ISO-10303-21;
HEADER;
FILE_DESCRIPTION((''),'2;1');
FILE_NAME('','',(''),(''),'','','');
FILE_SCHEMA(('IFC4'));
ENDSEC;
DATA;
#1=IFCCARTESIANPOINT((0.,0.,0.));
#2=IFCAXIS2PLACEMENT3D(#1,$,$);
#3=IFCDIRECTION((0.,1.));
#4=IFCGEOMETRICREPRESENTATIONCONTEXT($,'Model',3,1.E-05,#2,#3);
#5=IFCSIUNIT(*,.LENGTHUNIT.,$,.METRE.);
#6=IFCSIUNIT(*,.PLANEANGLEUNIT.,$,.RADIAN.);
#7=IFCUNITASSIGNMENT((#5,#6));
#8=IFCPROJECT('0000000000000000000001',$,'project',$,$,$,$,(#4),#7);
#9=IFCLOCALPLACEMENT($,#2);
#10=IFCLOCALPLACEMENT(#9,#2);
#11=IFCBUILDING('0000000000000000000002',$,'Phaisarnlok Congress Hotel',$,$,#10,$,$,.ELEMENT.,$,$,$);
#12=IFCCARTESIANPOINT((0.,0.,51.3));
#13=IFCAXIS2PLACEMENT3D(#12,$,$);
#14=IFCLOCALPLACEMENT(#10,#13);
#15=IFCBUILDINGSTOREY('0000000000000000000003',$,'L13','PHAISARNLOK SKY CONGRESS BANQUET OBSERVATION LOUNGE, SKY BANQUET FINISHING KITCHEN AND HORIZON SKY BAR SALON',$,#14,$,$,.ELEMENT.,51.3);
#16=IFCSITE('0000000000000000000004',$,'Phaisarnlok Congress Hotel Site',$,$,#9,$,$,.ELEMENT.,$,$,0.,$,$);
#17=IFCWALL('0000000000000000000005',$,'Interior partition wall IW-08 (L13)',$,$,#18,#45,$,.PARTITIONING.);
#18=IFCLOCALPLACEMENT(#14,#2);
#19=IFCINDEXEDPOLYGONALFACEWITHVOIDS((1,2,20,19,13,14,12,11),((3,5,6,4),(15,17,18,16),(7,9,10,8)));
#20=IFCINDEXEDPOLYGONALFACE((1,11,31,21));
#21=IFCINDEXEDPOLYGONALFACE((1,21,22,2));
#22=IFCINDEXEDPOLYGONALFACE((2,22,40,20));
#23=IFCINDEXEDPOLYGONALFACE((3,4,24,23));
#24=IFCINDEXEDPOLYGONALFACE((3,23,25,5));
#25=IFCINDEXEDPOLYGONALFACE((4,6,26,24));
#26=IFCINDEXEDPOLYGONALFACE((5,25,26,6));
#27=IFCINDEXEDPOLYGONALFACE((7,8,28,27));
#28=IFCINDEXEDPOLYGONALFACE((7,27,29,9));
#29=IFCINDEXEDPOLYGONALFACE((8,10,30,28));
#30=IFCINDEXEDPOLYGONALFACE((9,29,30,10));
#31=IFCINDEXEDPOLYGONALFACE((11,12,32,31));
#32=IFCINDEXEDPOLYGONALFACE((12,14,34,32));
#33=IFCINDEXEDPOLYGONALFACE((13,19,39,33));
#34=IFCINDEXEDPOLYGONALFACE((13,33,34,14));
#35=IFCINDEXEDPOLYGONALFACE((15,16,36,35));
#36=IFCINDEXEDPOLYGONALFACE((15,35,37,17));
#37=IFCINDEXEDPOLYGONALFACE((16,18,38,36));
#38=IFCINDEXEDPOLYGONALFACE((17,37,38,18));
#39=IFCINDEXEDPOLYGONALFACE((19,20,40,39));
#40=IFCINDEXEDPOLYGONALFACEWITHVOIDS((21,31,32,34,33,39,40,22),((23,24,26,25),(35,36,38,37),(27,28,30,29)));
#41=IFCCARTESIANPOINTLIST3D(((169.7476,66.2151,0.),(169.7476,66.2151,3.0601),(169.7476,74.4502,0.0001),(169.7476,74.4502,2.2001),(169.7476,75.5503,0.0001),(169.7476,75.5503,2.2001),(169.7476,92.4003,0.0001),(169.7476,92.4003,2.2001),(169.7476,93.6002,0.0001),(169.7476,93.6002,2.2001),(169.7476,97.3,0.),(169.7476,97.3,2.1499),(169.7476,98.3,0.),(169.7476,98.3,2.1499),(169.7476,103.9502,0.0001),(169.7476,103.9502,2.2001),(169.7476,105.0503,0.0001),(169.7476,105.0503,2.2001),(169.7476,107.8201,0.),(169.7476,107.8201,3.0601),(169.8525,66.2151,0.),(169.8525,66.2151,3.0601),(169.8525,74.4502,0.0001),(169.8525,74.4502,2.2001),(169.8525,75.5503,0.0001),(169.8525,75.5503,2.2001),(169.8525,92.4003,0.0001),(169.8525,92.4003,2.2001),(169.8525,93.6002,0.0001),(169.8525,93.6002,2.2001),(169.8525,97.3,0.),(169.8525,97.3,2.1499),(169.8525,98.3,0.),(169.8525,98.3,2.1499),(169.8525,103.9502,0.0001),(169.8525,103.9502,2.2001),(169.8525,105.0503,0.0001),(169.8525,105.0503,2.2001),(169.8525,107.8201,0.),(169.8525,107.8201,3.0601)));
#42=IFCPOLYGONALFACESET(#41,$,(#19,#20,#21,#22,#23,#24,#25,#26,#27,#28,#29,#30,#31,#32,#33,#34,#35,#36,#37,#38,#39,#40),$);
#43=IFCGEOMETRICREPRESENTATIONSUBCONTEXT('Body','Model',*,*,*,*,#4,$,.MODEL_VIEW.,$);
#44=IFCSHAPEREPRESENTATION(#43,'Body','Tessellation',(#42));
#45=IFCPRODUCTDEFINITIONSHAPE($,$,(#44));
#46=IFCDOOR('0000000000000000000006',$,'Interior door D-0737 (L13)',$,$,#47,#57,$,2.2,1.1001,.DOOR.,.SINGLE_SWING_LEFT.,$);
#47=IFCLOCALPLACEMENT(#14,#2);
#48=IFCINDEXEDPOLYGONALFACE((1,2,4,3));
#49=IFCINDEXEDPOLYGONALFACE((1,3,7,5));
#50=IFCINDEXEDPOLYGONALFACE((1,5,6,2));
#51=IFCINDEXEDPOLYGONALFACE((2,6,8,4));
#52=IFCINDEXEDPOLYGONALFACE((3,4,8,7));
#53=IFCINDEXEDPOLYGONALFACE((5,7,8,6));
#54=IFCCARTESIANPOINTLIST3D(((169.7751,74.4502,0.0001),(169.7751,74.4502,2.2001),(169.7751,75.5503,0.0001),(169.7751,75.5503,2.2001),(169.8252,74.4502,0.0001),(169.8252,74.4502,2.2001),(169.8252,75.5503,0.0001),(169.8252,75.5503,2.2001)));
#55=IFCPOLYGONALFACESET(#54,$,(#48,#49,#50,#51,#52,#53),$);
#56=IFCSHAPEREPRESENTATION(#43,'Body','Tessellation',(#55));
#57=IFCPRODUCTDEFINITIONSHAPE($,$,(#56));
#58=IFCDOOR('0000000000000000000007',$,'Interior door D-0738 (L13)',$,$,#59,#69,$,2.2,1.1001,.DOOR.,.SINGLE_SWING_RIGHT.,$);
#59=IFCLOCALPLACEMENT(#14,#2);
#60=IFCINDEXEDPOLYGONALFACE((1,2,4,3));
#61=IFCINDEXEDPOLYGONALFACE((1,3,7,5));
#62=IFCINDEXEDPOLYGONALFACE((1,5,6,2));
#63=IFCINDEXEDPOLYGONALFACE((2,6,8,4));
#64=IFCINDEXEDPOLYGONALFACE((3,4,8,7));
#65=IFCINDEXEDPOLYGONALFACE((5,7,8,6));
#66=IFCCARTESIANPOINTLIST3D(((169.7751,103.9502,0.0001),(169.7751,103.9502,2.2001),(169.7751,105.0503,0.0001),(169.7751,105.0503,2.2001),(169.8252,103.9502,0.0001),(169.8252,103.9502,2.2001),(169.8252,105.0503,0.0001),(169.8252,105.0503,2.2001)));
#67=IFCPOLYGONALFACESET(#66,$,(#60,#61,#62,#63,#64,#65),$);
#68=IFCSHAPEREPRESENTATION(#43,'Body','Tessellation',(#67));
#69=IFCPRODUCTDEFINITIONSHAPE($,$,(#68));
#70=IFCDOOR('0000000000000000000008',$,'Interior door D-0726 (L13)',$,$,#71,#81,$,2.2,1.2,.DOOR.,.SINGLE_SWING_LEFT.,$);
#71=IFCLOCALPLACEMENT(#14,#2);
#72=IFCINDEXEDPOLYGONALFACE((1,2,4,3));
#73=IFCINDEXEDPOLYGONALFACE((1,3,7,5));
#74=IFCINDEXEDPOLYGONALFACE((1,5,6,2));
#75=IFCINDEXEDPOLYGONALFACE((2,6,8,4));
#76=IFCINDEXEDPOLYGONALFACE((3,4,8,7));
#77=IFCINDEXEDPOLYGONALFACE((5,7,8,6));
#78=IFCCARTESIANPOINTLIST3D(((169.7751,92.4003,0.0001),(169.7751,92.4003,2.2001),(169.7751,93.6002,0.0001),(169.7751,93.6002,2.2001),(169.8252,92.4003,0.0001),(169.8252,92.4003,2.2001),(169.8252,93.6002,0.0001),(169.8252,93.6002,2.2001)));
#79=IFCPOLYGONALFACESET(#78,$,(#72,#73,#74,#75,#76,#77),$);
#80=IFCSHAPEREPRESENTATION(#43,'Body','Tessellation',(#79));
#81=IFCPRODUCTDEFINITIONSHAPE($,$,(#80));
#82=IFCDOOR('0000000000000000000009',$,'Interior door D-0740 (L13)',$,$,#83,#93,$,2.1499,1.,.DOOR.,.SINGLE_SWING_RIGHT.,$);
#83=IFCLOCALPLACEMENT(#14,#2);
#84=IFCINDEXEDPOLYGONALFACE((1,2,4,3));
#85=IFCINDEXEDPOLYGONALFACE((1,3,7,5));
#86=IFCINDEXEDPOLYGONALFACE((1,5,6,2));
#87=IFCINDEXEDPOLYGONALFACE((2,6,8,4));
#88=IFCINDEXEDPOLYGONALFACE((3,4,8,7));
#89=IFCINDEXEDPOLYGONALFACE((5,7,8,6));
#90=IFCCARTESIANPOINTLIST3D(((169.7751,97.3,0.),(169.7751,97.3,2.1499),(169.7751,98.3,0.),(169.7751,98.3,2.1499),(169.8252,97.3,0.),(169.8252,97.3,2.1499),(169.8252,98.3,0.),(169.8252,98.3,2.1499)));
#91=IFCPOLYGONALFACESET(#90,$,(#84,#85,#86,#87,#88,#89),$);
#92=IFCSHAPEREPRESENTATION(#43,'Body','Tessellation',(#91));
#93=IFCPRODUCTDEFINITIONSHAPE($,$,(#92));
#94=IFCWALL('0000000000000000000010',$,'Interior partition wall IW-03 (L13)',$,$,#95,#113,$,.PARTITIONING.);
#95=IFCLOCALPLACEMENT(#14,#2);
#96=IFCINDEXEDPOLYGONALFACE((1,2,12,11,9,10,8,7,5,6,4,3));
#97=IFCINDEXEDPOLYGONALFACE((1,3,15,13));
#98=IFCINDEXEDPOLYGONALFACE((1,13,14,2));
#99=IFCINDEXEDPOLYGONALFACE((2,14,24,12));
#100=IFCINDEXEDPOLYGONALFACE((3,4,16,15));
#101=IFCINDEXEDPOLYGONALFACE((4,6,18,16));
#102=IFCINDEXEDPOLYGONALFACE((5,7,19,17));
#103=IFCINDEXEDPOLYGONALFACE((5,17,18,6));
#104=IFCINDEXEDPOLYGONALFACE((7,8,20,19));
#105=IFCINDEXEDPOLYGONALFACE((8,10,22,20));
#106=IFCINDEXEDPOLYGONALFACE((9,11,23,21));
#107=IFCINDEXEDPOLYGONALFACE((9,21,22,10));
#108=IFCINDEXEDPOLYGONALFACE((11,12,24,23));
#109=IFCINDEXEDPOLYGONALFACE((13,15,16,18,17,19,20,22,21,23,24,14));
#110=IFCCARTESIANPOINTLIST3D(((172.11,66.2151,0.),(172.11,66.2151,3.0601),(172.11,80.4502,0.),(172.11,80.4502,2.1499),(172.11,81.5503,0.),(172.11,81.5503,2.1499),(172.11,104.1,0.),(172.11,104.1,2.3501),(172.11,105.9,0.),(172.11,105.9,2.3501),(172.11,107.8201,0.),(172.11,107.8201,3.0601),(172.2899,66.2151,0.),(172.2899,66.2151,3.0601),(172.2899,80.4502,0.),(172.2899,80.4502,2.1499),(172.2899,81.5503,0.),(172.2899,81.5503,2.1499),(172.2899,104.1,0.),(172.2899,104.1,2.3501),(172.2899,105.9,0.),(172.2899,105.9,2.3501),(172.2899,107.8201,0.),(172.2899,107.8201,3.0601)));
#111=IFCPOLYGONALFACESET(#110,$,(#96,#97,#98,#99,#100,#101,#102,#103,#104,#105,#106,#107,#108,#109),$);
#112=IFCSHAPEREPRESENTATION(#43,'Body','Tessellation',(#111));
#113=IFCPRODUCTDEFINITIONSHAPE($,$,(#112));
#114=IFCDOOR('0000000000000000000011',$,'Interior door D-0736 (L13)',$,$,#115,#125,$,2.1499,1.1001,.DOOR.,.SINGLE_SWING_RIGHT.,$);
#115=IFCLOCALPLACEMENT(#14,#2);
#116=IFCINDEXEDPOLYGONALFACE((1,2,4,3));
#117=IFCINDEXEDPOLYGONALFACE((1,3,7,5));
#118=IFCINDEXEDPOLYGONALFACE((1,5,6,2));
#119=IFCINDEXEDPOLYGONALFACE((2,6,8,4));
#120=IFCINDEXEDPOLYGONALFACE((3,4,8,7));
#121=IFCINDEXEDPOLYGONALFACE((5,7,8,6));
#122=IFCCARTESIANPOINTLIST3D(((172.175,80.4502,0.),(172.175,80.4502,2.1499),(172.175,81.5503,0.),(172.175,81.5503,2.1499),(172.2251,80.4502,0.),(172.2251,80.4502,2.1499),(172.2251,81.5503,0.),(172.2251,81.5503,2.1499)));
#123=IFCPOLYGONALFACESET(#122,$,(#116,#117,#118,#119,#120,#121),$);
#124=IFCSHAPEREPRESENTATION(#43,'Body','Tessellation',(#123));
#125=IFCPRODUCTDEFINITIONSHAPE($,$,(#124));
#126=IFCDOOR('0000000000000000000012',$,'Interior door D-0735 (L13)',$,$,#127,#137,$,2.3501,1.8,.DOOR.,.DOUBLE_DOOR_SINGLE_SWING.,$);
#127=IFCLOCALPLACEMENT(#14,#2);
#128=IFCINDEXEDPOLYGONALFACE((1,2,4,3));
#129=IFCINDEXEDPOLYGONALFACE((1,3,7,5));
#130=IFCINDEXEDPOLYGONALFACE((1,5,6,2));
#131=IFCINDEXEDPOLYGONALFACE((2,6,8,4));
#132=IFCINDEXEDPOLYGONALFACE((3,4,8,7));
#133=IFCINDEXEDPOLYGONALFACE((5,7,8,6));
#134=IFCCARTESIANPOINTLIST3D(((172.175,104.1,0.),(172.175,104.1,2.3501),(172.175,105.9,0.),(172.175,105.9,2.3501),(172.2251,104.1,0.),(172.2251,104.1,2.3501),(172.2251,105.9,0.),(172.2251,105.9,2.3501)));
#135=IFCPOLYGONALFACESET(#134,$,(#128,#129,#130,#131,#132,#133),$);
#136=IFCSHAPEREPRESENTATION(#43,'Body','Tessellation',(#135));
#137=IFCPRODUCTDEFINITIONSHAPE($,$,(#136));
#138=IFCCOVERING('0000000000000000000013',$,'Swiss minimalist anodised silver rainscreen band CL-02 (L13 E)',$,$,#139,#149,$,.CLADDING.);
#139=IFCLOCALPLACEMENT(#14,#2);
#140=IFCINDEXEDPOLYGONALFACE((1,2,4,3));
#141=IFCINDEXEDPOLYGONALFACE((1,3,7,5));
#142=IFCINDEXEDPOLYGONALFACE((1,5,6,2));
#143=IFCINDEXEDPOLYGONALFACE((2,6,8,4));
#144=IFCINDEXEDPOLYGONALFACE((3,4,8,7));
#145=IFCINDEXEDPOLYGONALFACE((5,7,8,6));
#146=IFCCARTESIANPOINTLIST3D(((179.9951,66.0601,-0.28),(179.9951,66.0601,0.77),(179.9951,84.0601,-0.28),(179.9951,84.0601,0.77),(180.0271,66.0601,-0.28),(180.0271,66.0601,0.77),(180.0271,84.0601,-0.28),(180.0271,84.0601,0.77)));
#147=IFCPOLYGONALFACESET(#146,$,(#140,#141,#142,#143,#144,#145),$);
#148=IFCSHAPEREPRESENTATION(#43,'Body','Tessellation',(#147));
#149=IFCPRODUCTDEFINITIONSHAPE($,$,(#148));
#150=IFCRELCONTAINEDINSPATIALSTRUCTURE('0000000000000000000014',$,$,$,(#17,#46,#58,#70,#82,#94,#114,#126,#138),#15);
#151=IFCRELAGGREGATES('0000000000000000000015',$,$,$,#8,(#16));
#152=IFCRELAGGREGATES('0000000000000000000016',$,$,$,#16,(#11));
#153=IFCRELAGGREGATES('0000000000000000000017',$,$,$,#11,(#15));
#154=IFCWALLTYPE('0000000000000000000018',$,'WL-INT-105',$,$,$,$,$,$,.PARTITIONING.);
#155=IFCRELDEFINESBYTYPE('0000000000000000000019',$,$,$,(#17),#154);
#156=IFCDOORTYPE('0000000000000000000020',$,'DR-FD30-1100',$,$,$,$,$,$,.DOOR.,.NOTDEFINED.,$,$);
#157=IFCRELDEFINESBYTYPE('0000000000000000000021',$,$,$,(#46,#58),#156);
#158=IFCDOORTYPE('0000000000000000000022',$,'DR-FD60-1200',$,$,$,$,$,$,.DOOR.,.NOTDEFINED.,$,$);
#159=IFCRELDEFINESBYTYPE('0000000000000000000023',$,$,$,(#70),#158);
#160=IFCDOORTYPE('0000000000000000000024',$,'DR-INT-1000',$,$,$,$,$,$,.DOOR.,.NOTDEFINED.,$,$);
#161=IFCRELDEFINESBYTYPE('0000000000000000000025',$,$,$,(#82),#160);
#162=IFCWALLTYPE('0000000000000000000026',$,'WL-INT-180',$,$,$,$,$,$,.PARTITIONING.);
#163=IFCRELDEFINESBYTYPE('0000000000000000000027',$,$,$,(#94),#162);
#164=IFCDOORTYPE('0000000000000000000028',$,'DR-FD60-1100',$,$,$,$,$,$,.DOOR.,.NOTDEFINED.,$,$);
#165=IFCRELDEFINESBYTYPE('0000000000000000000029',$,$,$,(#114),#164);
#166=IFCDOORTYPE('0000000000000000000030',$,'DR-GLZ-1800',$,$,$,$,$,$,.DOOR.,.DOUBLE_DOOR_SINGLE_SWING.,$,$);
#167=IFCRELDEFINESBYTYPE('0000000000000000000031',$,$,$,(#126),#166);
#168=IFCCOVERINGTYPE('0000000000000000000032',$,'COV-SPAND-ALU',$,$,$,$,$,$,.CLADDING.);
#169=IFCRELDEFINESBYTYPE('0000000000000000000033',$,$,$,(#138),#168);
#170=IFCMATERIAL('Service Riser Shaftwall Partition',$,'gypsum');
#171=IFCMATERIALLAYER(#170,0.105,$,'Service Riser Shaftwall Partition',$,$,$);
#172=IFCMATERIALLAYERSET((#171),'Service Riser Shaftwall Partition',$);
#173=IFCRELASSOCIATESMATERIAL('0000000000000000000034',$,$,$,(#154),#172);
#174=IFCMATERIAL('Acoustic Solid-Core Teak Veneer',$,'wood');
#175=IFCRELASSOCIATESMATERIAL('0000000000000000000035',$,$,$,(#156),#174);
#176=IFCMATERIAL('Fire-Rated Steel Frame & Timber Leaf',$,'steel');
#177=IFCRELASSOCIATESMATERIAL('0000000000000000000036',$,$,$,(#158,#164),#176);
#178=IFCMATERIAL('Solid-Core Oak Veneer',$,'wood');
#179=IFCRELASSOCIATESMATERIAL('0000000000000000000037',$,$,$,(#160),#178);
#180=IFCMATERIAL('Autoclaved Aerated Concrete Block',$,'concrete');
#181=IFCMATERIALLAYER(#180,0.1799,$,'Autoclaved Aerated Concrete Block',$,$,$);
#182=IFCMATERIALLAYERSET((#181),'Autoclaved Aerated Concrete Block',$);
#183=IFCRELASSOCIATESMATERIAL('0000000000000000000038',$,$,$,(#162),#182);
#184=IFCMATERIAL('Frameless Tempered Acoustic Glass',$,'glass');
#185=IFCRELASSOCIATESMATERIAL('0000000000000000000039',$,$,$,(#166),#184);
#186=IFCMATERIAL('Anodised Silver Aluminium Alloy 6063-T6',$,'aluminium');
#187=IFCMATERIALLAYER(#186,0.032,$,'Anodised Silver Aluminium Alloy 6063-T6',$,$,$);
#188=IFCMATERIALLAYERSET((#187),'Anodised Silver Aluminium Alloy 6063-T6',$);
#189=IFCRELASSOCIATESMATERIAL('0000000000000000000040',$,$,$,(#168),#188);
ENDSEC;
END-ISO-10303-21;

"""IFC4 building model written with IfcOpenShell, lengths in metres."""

from ifc_helpers import new_model, si_unit, direction, frame, frame_2d, origin, place, context, subcontext, project, spatial, polyline, rectangle, outline, extrude, material, layer, layer_set, type_object, element, fill, save


model = new_model("IFC4")

# Units and contexts
model_context = context("Model", 3, precision=1e-05, world=origin(), true_north=direction((0.0, 1.0)))
body_context = subcontext(model_context, "Body", "Model", "MODEL_VIEW")
ifc_project = project(units=[si_unit("LENGTHUNIT", "METRE"), si_unit("PLANEANGLEUNIT", "RADIAN")], contexts=[model_context])

# Site, building, storey
site_placement = place(None, origin())
site = spatial("IfcSite", under=ifc_project, at=site_placement, Name="Phaisarnlok Congress Hotel Site", CompositionType="ELEMENT", RefElevation=0.0)
building_placement = place(site_placement, origin())
building = spatial("IfcBuilding", under=site, at=building_placement, Name="Phaisarnlok Congress Hotel", CompositionType="ELEMENT")
storey_placement = place(building_placement, frame((0.0, 0.0, 51.3)))
storey = spatial("IfcBuildingStorey", under=building, at=storey_placement, Name="L13", Description="PHAISARNLOK SKY CONGRESS BANQUET OBSERVATION LOUNGE, SKY BANQUET FINISHING KITCHEN AND HORIZON SKY BAR SALON", CompositionType="ELEMENT", Elevation=51.3)

# Walls, openings, doors
ifc_material_1 = material(Name="Service Riser Shaftwall Partition", Category="gypsum")
ifc_layer_1 = layer(ifc_material_1, 0.105, Name="Service Riser Shaftwall Partition")
ifc_layer_set_1 = layer_set([ifc_layer_1], Name="Service Riser Shaftwall Partition")
wall_type_1 = type_object("IfcWallType", Name="WL-INT-105", PredefinedType="PARTITIONING", material=ifc_layer_set_1)
wall_1_placement = place(storey_placement, frame((169.8, 66.2151, 0.0), z_axis=(0.0, 0.0, 1.0), x_axis=(0.0, 1.0, 0.0)))
wall_1 = element("IfcWall", 1, at=wall_1_placement, inside=storey, type_object=wall_type_1, Name="Interior partition wall IW-08 (L13)", PredefinedType="PARTITIONING", context=body_context, shape_type="SweptSolid", body=[
    extrude(rectangle(XDim=41.605, YDim=0.105, at=frame_2d((20.8025, 0.0))), origin(), (0.0, 0.0, 1.0), 3.0601),
])
opening_1_placement = place(wall_1_placement, frame((26.1851, 0.0, 0.0)))
opening_1 = element("IfcOpeningElement", 2, at=opening_1_placement, cuts=wall_1, PredefinedType="OPENING", context=body_context, shape_type="SweptSolid", body=[
    extrude(rectangle(XDim=1.2, YDim=2.2, at=frame_2d((0.6001, 1.1001))), frame((0.0, 0.0625, 0.0), z_axis=(0.0, -1.0, 0.0), x_axis=(1.0, 0.0, 0.0)), (0.0, 0.0, 1.0), 0.125),
])
opening_2_placement = place(wall_1_placement, frame((8.2351, 0.0, 0.0)))
opening_2 = element("IfcOpeningElement", 3, at=opening_2_placement, cuts=wall_1, PredefinedType="OPENING", context=body_context, shape_type="SweptSolid", body=[
    extrude(rectangle(XDim=1.1001, YDim=2.2, at=frame_2d((0.55, 1.1001))), frame((0.0, 0.0625, 0.0), z_axis=(0.0, -1.0, 0.0), x_axis=(1.0, 0.0, 0.0)), (0.0, 0.0, 1.0), 0.125),
])
opening_3_placement = place(wall_1_placement, frame((37.7351, 0.0, 0.0)))
opening_3 = element("IfcOpeningElement", 4, at=opening_3_placement, cuts=wall_1, PredefinedType="OPENING", context=body_context, shape_type="SweptSolid", body=[
    extrude(rectangle(XDim=1.1001, YDim=2.2, at=frame_2d((0.55, 1.1001))), frame((0.0, 0.0625, 0.0), z_axis=(0.0, -1.0, 0.0), x_axis=(1.0, 0.0, 0.0)), (0.0, 0.0, 1.0), 0.125),
])
opening_4_placement = place(wall_1_placement, frame((31.085, 0.0, 0.0)))
opening_4 = element("IfcOpeningElement", 5, at=opening_4_placement, cuts=wall_1, PredefinedType="OPENING", context=body_context, shape_type="SweptSolid", body=[
    extrude(rectangle(XDim=1.0, YDim=2.1499, at=frame_2d((0.5, 1.075))), frame((0.0, 0.0625, 0.0), z_axis=(0.0, -1.0, 0.0), x_axis=(1.0, 0.0, 0.0)), (0.0, 0.0, 1.0), 0.125),
])
ifc_material_2 = material(Name="Acoustic Solid-Core Teak Veneer", Category="wood")
door_type_1 = type_object("IfcDoorType", Name="DR-FD30-1100", OperationType="NOTDEFINED", PredefinedType="DOOR", material=ifc_material_2)
door_1_placement = place(opening_2_placement, origin())
door_1 = element("IfcDoor", 6, at=door_1_placement, inside=storey, type_object=door_type_1, Name="Interior door D-0737 (L13)", OperationType="SINGLE_SWING_LEFT", OverallHeight=2.2, OverallWidth=1.1001, PredefinedType="DOOR", context=body_context, shape_type="SweptSolid", body=[
    extrude(rectangle(XDim=1.1001, YDim=2.2, at=frame_2d((0.55, 1.1001))), frame((0.0, 0.0249, 0.0), z_axis=(0.0, -1.0, 0.0), x_axis=(1.0, 0.0, 0.0)), (0.0, 0.0, 1.0), 0.05),
])
fill(opening_2, door_1)
door_2_placement = place(opening_3_placement, origin())
door_2 = element("IfcDoor", 7, at=door_2_placement, inside=storey, type_object=door_type_1, Name="Interior door D-0738 (L13)", OperationType="SINGLE_SWING_RIGHT", OverallHeight=2.2, OverallWidth=1.1001, PredefinedType="DOOR", context=body_context, shape_type="SweptSolid", body=[
    extrude(rectangle(XDim=1.1001, YDim=2.2, at=frame_2d((0.55, 1.1001))), frame((0.0, 0.0249, 0.0), z_axis=(0.0, -1.0, 0.0), x_axis=(1.0, 0.0, 0.0)), (0.0, 0.0, 1.0), 0.05),
])
fill(opening_3, door_2)
ifc_material_3 = material(Name="Fire-Rated Steel Frame & Timber Leaf", Category="steel")
door_type_2 = type_object("IfcDoorType", Name="DR-FD60-1200", OperationType="NOTDEFINED", PredefinedType="DOOR", material=ifc_material_3)
door_3_placement = place(opening_1_placement, origin())
door_3 = element("IfcDoor", 8, at=door_3_placement, inside=storey, type_object=door_type_2, Name="Interior door D-0726 (L13)", OperationType="SINGLE_SWING_LEFT", OverallHeight=2.2, OverallWidth=1.2, PredefinedType="DOOR", context=body_context, shape_type="SweptSolid", body=[
    extrude(rectangle(XDim=1.2, YDim=2.2, at=frame_2d((0.6001, 1.1001))), frame((0.0, 0.0249, 0.0), z_axis=(0.0, -1.0, 0.0), x_axis=(1.0, 0.0, 0.0)), (0.0, 0.0, 1.0), 0.05),
])
fill(opening_1, door_3)
ifc_material_4 = material(Name="Solid-Core Oak Veneer", Category="wood")
door_type_3 = type_object("IfcDoorType", Name="DR-INT-1000", OperationType="NOTDEFINED", PredefinedType="DOOR", material=ifc_material_4)
door_4_placement = place(opening_4_placement, origin())
door_4 = element("IfcDoor", 9, at=door_4_placement, inside=storey, type_object=door_type_3, Name="Interior door D-0740 (L13)", OperationType="SINGLE_SWING_RIGHT", OverallHeight=2.1499, OverallWidth=1.0, PredefinedType="DOOR", context=body_context, shape_type="SweptSolid", body=[
    extrude(rectangle(XDim=1.0, YDim=2.1499, at=frame_2d((0.5, 1.075))), frame((0.0, 0.0249, 0.0), z_axis=(0.0, -1.0, 0.0), x_axis=(1.0, 0.0, 0.0)), (0.0, 0.0, 1.0), 0.05),
])
fill(opening_4, door_4)
ifc_material_5 = material(Name="Autoclaved Aerated Concrete Block", Category="concrete")
ifc_layer_2 = layer(ifc_material_5, 0.1799, Name="Autoclaved Aerated Concrete Block")
ifc_layer_set_2 = layer_set([ifc_layer_2], Name="Autoclaved Aerated Concrete Block")
wall_type_2 = type_object("IfcWallType", Name="WL-INT-180", PredefinedType="PARTITIONING", material=ifc_layer_set_2)
wall_2_placement = place(storey_placement, frame((172.2, 66.2151, 0.0), z_axis=(0.0, 0.0, 1.0), x_axis=(0.0, 1.0, 0.0)))
wall_2 = element("IfcWall", 10, at=wall_2_placement, inside=storey, type_object=wall_type_2, Name="Interior partition wall IW-03 (L13)", PredefinedType="PARTITIONING", context=body_context, shape_type="SweptSolid", body=[
    extrude(rectangle(XDim=41.605, YDim=0.1799, at=frame_2d((20.8025, 0.0))), origin(), (0.0, 0.0, 1.0), 3.0601),
])
opening_5_placement = place(wall_2_placement, frame((37.885, 0.0, 0.0)))
opening_5 = element("IfcOpeningElement", 11, at=opening_5_placement, cuts=wall_2, PredefinedType="OPENING", context=body_context, shape_type="SweptSolid", body=[
    extrude(rectangle(XDim=1.8, YDim=2.3501, at=frame_2d((0.8999, 1.175))), frame((0.0, 0.1001, 0.0), z_axis=(0.0, -1.0, 0.0), x_axis=(1.0, 0.0, 0.0)), (0.0, 0.0, 1.0), 0.2),
])
opening_6_placement = place(wall_2_placement, frame((14.2351, 0.0, 0.0)))
opening_6 = element("IfcOpeningElement", 12, at=opening_6_placement, cuts=wall_2, PredefinedType="OPENING", context=body_context, shape_type="SweptSolid", body=[
    extrude(rectangle(XDim=1.1001, YDim=2.1499, at=frame_2d((0.55, 1.075))), frame((0.0, 0.1001, 0.0), z_axis=(0.0, -1.0, 0.0), x_axis=(1.0, 0.0, 0.0)), (0.0, 0.0, 1.0), 0.2),
])
door_type_4 = type_object("IfcDoorType", Name="DR-FD60-1100", OperationType="NOTDEFINED", PredefinedType="DOOR", material=ifc_material_3)
door_5_placement = place(opening_6_placement, origin())
door_5 = element("IfcDoor", 13, at=door_5_placement, inside=storey, type_object=door_type_4, Name="Interior door D-0736 (L13)", OperationType="SINGLE_SWING_RIGHT", OverallHeight=2.1499, OverallWidth=1.1001, PredefinedType="DOOR", context=body_context, shape_type="SweptSolid", body=[
    extrude(rectangle(XDim=1.1001, YDim=2.1499, at=frame_2d((0.55, 1.075))), frame((0.0, 0.0249, 0.0), z_axis=(0.0, -1.0, 0.0), x_axis=(1.0, 0.0, 0.0)), (0.0, 0.0, 1.0), 0.05),
])
fill(opening_6, door_5)
ifc_material_6 = material(Name="Frameless Tempered Acoustic Glass", Category="glass")
door_type_5 = type_object("IfcDoorType", Name="DR-GLZ-1800", OperationType="DOUBLE_DOOR_SINGLE_SWING", PredefinedType="DOOR", material=ifc_material_6)
door_6_placement = place(opening_5_placement, origin())
door_6 = element("IfcDoor", 14, at=door_6_placement, inside=storey, type_object=door_type_5, Name="Interior door D-0735 (L13)", OperationType="DOUBLE_DOOR_SINGLE_SWING", OverallHeight=2.3501, OverallWidth=1.8, PredefinedType="DOOR", context=body_context, shape_type="SweptSolid", body=[
    extrude(rectangle(XDim=1.8, YDim=2.3501, at=frame_2d((0.8999, 1.175))), frame((0.0, 0.0249, 0.0), z_axis=(0.0, -1.0, 0.0), x_axis=(1.0, 0.0, 0.0)), (0.0, 0.0, 1.0), 0.05),
])
fill(opening_5, door_6)

# Covering
ifc_material_7 = material(Name="Anodised Silver Aluminium Alloy 6063-T6", Category="aluminium")
ifc_layer_3 = layer(ifc_material_7, 0.032, Name="Anodised Silver Aluminium Alloy 6063-T6")
ifc_layer_set_3 = layer_set([ifc_layer_3], Name="Anodised Silver Aluminium Alloy 6063-T6")
covering_type = type_object("IfcCoveringType", Name="COV-SPAND-ALU", PredefinedType="CLADDING", material=ifc_layer_set_3)
covering_placement = place(storey_placement, frame((179.9951, 66.0601, -0.28), z_axis=(1.0, 0.0, 0.0), x_axis=(0.0, 1.0, 0.0)))
element("IfcCovering", 15, at=covering_placement, inside=storey, type_object=covering_type, Name="Swiss minimalist anodised silver rainscreen band CL-02 (L13 E)", PredefinedType="CLADDING", context=body_context, shape_type="SweptSolid", body=[
    extrude(outline(polyline([(0.0, 0.0), (18.0, 0.0), (18.0, 1.05), (0.0, 1.05), (0.0, 0.0)])), origin(), (0.0, 0.0, 1.0), 0.032),
])

save(model, "model.ifc")
